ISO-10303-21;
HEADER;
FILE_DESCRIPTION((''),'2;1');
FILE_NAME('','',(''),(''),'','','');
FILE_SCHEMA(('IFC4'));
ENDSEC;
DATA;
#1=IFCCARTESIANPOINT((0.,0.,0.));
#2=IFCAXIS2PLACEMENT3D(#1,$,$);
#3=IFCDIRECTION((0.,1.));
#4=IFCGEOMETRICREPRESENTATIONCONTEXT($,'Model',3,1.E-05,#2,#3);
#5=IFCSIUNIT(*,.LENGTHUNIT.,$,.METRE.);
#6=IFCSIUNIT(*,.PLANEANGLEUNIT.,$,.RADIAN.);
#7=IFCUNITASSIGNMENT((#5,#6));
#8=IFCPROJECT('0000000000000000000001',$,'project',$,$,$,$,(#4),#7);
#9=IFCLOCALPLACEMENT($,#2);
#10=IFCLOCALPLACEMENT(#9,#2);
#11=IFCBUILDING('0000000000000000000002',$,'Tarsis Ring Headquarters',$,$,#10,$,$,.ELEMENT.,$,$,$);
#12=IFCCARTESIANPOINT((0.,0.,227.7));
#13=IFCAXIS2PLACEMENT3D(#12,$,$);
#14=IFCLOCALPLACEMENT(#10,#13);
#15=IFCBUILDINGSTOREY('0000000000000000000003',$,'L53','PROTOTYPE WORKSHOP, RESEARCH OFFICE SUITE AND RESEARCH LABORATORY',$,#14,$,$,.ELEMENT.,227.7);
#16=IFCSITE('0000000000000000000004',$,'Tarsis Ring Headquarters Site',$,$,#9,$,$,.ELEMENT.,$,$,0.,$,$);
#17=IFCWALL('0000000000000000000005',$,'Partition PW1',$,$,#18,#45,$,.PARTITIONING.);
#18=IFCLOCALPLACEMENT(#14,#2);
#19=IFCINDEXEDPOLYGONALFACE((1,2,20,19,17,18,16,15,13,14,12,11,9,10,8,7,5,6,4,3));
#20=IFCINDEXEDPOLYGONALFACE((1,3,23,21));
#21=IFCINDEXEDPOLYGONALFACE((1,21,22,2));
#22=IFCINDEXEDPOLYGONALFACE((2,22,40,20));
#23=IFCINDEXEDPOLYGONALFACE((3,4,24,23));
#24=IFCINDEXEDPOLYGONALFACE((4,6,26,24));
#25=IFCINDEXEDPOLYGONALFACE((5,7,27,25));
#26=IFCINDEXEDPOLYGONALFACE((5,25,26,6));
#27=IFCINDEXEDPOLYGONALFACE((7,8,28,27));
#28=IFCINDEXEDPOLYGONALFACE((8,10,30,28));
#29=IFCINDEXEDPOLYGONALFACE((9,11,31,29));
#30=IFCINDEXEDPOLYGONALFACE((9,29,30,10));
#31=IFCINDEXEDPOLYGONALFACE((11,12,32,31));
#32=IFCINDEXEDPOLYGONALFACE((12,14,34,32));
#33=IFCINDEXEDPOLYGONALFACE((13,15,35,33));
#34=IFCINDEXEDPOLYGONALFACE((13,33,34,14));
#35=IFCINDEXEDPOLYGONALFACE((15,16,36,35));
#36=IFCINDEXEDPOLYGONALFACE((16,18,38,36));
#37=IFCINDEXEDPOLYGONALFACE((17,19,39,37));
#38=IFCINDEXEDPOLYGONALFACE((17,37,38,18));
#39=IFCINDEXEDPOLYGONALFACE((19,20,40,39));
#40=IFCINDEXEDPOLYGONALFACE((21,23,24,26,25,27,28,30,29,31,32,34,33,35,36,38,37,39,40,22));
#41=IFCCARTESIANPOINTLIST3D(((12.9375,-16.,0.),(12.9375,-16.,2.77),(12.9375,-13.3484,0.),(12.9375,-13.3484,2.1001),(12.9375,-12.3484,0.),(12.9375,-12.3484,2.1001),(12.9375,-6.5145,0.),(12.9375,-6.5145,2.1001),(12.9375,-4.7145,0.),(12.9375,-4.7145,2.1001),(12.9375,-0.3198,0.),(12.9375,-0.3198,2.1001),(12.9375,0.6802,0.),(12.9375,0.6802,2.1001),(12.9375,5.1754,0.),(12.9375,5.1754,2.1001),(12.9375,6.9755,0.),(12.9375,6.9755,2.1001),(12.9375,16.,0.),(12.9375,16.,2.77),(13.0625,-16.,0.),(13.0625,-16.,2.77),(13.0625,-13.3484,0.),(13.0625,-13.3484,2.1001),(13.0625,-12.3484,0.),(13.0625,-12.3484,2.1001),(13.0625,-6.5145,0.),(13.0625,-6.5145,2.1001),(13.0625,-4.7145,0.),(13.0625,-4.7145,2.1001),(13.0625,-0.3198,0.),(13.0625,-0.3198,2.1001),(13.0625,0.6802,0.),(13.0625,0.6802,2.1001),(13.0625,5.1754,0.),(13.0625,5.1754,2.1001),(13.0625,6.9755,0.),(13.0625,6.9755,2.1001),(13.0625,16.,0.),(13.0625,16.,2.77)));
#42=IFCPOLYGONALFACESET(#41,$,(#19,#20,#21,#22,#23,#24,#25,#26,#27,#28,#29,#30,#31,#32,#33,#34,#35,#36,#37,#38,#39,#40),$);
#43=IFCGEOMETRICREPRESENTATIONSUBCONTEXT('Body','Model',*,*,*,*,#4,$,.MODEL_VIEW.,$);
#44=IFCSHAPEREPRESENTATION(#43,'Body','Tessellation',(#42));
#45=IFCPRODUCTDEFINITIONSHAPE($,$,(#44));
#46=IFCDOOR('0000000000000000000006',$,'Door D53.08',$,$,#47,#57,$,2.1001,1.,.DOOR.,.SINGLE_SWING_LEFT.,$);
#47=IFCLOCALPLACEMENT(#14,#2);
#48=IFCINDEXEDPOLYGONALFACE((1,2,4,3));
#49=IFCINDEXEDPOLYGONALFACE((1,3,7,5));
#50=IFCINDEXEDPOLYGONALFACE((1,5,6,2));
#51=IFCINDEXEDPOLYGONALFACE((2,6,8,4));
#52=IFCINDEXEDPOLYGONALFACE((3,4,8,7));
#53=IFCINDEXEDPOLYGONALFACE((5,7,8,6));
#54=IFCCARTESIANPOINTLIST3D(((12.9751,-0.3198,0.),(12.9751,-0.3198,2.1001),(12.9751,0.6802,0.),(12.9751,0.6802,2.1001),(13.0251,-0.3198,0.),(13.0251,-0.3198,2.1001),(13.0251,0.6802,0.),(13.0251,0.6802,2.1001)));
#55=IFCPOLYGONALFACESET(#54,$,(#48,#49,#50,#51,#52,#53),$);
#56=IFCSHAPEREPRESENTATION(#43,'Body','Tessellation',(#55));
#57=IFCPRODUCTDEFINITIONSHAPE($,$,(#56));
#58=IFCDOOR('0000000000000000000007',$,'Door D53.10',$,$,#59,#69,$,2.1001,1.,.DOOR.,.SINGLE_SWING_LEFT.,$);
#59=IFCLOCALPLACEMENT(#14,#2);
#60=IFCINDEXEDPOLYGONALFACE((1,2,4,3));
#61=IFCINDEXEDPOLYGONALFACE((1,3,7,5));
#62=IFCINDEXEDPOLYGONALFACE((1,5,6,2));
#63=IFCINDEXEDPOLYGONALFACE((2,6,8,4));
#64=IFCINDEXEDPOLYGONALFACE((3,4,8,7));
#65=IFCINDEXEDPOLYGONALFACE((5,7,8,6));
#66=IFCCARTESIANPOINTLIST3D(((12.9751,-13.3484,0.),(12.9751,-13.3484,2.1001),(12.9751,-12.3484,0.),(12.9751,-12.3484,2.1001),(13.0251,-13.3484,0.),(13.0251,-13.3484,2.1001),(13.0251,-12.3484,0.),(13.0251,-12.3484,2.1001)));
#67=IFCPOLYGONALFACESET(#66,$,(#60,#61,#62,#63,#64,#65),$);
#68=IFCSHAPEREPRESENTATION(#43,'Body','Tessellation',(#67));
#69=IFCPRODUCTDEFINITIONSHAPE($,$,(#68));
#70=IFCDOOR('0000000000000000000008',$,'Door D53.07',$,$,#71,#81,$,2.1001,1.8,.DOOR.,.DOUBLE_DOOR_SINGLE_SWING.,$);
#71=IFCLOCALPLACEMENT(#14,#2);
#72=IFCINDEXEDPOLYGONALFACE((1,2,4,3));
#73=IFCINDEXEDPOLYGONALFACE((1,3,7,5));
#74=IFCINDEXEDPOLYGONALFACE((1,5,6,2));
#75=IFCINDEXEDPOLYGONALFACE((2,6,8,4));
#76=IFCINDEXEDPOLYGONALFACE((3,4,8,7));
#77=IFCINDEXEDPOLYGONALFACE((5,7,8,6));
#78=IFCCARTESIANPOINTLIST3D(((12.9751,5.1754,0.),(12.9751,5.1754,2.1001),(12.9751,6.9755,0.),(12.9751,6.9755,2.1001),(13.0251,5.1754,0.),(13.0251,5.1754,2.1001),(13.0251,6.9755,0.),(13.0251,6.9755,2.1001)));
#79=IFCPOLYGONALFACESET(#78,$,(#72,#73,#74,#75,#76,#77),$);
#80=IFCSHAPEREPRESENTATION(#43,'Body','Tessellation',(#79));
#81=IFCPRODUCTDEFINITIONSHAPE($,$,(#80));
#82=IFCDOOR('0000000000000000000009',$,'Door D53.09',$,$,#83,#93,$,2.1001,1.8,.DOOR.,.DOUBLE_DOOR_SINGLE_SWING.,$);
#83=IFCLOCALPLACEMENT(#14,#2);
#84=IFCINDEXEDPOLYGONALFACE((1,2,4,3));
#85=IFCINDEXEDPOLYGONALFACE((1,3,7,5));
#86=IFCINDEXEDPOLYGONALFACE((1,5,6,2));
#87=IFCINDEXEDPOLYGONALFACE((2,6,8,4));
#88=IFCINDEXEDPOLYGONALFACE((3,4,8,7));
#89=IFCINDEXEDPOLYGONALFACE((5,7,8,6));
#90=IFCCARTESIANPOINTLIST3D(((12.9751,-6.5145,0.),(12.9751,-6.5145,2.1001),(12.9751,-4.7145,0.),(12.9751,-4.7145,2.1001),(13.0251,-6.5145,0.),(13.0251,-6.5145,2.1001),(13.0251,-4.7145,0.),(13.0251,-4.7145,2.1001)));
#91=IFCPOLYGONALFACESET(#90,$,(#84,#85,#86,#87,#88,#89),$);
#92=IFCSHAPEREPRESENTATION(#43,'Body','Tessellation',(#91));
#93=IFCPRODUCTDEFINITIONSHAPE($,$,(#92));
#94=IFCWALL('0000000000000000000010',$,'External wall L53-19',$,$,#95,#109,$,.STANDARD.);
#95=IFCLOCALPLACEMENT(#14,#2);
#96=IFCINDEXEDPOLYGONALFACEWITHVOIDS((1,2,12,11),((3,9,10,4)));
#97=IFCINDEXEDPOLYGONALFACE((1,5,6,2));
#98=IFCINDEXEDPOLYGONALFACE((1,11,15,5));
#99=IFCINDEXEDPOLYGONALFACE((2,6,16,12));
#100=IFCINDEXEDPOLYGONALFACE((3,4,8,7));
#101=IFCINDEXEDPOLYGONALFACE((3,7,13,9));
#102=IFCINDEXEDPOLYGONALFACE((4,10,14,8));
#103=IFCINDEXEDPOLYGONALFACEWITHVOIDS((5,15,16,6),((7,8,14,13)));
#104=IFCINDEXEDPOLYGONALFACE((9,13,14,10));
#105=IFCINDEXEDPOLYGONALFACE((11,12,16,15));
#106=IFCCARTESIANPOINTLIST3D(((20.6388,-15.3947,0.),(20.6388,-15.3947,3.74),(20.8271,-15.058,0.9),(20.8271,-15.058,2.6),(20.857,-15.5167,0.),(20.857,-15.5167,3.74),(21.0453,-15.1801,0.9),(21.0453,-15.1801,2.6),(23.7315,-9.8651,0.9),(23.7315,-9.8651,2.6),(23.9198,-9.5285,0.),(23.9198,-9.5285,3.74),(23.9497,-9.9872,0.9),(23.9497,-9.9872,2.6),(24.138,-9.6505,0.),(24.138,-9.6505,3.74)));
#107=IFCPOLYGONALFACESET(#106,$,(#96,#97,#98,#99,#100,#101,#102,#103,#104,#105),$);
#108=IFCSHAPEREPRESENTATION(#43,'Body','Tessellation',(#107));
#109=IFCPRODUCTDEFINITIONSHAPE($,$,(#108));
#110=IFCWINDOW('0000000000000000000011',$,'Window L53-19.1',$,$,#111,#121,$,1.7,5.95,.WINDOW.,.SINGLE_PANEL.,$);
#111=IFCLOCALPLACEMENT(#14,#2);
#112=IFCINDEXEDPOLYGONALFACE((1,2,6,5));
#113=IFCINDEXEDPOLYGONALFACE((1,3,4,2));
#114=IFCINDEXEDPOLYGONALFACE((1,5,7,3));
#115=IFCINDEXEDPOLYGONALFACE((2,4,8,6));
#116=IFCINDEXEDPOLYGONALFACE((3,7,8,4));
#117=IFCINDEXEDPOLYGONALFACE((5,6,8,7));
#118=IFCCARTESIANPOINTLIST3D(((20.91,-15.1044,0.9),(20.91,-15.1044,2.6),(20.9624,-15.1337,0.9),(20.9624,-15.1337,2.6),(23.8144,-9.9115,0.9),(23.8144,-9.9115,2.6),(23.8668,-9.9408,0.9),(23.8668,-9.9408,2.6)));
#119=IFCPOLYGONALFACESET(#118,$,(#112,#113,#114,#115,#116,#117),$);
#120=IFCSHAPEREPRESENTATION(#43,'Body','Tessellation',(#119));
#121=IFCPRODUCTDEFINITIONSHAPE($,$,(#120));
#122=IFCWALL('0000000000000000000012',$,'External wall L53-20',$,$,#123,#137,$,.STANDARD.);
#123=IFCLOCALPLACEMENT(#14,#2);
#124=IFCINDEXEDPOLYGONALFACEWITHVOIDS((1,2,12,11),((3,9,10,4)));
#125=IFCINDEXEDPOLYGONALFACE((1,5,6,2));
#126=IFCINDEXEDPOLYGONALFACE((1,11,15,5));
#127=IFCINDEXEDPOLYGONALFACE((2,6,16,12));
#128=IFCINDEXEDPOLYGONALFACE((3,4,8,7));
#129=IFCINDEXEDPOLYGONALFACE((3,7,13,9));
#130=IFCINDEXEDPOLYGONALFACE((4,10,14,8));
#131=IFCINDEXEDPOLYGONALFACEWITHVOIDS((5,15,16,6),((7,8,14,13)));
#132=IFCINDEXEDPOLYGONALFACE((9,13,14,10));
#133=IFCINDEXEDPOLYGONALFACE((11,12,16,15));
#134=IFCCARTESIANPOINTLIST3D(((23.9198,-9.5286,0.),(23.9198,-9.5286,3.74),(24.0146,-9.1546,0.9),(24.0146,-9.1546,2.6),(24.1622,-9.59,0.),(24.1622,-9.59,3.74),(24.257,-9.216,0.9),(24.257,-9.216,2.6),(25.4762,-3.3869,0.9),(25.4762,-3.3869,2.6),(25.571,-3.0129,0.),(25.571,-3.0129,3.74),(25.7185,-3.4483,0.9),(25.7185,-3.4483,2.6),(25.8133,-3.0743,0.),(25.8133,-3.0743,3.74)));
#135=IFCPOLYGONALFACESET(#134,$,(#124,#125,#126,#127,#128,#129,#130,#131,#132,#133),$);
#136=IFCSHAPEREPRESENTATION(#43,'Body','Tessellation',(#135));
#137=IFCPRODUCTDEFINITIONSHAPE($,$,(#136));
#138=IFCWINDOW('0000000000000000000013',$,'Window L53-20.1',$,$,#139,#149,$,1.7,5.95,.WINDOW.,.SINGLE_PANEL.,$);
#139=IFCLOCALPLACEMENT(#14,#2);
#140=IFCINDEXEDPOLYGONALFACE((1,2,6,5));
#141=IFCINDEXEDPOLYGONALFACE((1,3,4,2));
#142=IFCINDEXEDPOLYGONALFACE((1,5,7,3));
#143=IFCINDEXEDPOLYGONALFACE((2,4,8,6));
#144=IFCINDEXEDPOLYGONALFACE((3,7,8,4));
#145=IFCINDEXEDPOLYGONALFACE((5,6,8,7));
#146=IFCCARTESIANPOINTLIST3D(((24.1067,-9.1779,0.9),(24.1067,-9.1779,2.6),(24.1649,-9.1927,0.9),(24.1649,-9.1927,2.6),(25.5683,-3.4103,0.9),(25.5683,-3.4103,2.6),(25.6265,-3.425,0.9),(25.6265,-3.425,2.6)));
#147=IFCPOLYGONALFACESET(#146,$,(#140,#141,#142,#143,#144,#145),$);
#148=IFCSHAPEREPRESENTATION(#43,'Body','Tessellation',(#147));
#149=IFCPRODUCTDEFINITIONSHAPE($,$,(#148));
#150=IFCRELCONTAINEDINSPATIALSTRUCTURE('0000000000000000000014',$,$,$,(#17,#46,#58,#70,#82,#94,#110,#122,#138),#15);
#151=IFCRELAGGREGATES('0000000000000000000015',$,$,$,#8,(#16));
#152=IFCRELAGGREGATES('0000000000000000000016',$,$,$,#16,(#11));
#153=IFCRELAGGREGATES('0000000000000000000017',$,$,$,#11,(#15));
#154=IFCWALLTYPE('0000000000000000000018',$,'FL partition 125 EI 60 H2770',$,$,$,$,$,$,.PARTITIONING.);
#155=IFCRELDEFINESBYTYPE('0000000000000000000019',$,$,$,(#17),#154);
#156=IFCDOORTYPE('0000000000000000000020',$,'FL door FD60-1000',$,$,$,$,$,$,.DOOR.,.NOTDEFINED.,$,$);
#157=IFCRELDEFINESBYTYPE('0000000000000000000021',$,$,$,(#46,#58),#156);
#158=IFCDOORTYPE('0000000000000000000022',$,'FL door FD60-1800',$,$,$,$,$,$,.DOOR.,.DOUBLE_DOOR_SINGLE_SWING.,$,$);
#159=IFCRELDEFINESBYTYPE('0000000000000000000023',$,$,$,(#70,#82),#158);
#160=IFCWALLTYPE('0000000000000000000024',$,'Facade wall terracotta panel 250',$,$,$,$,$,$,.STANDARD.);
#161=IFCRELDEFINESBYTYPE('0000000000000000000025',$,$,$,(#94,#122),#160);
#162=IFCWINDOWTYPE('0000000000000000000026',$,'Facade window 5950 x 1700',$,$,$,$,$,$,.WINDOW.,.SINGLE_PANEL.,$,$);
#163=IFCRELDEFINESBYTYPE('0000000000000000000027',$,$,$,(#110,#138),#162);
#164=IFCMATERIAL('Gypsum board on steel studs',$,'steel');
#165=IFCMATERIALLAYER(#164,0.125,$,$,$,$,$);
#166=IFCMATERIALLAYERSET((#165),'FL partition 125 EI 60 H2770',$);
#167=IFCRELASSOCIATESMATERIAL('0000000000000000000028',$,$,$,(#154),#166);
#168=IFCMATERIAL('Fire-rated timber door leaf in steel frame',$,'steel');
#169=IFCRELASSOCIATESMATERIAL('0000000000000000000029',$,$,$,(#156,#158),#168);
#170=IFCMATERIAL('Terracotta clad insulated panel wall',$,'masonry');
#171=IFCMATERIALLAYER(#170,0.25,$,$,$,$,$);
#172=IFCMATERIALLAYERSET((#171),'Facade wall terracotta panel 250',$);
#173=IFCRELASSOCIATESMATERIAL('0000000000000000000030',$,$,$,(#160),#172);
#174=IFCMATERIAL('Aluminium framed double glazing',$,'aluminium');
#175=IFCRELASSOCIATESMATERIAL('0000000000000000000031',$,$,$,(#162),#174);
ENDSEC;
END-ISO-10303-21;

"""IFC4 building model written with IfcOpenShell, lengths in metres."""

from ifc_helpers import new_model, si_unit, direction, frame, frame_2d, origin, place, context, subcontext, project, spatial, rectangle, extrude, material, layer, layer_set, type_object, element, fill, save


model = new_model("IFC4")

# Units and contexts
model_context = context("Model", 3, precision=1e-05, world=origin(), true_north=direction((0.0, 1.0)))
body_context = subcontext(model_context, "Body", "Model", "MODEL_VIEW")
ifc_project = project(units=[si_unit("LENGTHUNIT", "METRE"), si_unit("PLANEANGLEUNIT", "RADIAN")], contexts=[model_context])

# Site, building, storey
site_placement = place(None, origin())
site = spatial("IfcSite", under=ifc_project, at=site_placement, Name="Tarsis Ring Headquarters Site", CompositionType="ELEMENT", RefElevation=0.0)
building_placement = place(site_placement, origin())
building = spatial("IfcBuilding", under=site, at=building_placement, Name="Tarsis Ring Headquarters", CompositionType="ELEMENT")
storey_placement = place(building_placement, frame((0.0, 0.0, 227.7)))
storey = spatial("IfcBuildingStorey", under=building, at=storey_placement, Name="L53", Description="PROTOTYPE WORKSHOP, RESEARCH OFFICE SUITE AND RESEARCH LABORATORY", CompositionType="ELEMENT", Elevation=227.7)

# Shared definitions
ifc_material_1 = material(Name="Gypsum board on steel studs", Category="steel")

# Wall, openings, doors
ifc_layer_1 = layer(ifc_material_1, 0.125)
ifc_layer_set_1 = layer_set([ifc_layer_1], Name="FL partition 125 EI 60 H2770")
wall_type_1 = type_object("IfcWallType", Name="FL partition 125 EI 60 H2770", PredefinedType="PARTITIONING", material=ifc_layer_set_1)
wall_1_placement = place(storey_placement, frame((13.0, -16.0, 0.0), z_axis=(0.0, 0.0, 1.0), x_axis=(0.0, 1.0, 0.0)))
wall_1 = element("IfcWall", 1, at=wall_1_placement, inside=storey, type_object=wall_type_1, Name="Partition PW1", PredefinedType="PARTITIONING", context=body_context, shape_type="SweptSolid", body=[
    extrude(rectangle(XDim=32.0, YDim=0.125, at=frame_2d((16.0, 0.0))), origin(), (0.0, 0.0, 1.0), 2.77),
])
opening_1_placement = place(wall_1_placement, frame((21.1755, 0.0, 0.0)))
opening_1 = element("IfcOpeningElement", 2, at=opening_1_placement, cuts=wall_1, PredefinedType="OPENING", context=body_context, shape_type="SweptSolid", body=[
    extrude(rectangle(XDim=1.8, YDim=2.1001, at=frame_2d((0.8999, 1.05))), frame((0.0, 0.0725, 0.0), z_axis=(0.0, -1.0, 0.0), x_axis=(1.0, 0.0, 0.0)), (0.0, 0.0, 1.0), 0.145),
])
opening_2_placement = place(wall_1_placement, frame((15.6802, 0.0, 0.0)))
opening_2 = element("IfcOpeningElement", 3, at=opening_2_placement, cuts=wall_1, PredefinedType="OPENING", context=body_context, shape_type="SweptSolid", body=[
    extrude(rectangle(XDim=1.0, YDim=2.1001, at=frame_2d((0.5, 1.05))), frame((0.0, 0.0725, 0.0), z_axis=(0.0, -1.0, 0.0), x_axis=(1.0, 0.0, 0.0)), (0.0, 0.0, 1.0), 0.145),
])
opening_3_placement = place(wall_1_placement, frame((9.4856, 0.0, 0.0)))
opening_3 = element("IfcOpeningElement", 4, at=opening_3_placement, cuts=wall_1, PredefinedType="OPENING", context=body_context, shape_type="SweptSolid", body=[
    extrude(rectangle(XDim=1.8, YDim=2.1001, at=frame_2d((0.8999, 1.05))), frame((0.0, 0.0725, 0.0), z_axis=(0.0, -1.0, 0.0), x_axis=(1.0, 0.0, 0.0)), (0.0, 0.0, 1.0), 0.145),
])
opening_4_placement = place(wall_1_placement, frame((2.6516, 0.0, 0.0)))
opening_4 = element("IfcOpeningElement", 5, at=opening_4_placement, cuts=wall_1, PredefinedType="OPENING", context=body_context, shape_type="SweptSolid", body=[
    extrude(rectangle(XDim=1.0, YDim=2.1001, at=frame_2d((0.5, 1.05))), frame((0.0, 0.0725, 0.0), z_axis=(0.0, -1.0, 0.0), x_axis=(1.0, 0.0, 0.0)), (0.0, 0.0, 1.0), 0.145),
])
ifc_material_2 = material(Name="Fire-rated timber door leaf in steel frame", Category="steel")
door_type_1 = type_object("IfcDoorType", Name="FL door FD60-1000", OperationType="NOTDEFINED", PredefinedType="DOOR", material=ifc_material_2)
door_1_placement = place(opening_2_placement, origin())
door_1 = element("IfcDoor", 6, at=door_1_placement, inside=storey, type_object=door_type_1, Name="Door D53.08", OperationType="SINGLE_SWING_LEFT", OverallHeight=2.1001, OverallWidth=1.0, PredefinedType="DOOR", context=body_context, shape_type="SweptSolid", body=[
    extrude(rectangle(XDim=1.0, YDim=2.1001, at=frame_2d((0.5, 1.05))), frame((0.0, 0.0249, 0.0), z_axis=(0.0, -1.0, 0.0), x_axis=(1.0, 0.0, 0.0)), (0.0, 0.0, 1.0), 0.05),
])
fill(opening_2, door_1)
door_2_placement = place(opening_4_placement, origin())
door_2 = element("IfcDoor", 7, at=door_2_placement, inside=storey, type_object=door_type_1, Name="Door D53.10", OperationType="SINGLE_SWING_LEFT", OverallHeight=2.1001, OverallWidth=1.0, PredefinedType="DOOR", context=body_context, shape_type="SweptSolid", body=[
    extrude(rectangle(XDim=1.0, YDim=2.1001, at=frame_2d((0.5, 1.05))), frame((0.0, 0.0249, 0.0), z_axis=(0.0, -1.0, 0.0), x_axis=(1.0, 0.0, 0.0)), (0.0, 0.0, 1.0), 0.05),
])
fill(opening_4, door_2)
door_type_2 = type_object("IfcDoorType", Name="FL door FD60-1800", OperationType="DOUBLE_DOOR_SINGLE_SWING", PredefinedType="DOOR", material=ifc_material_2)
door_3_placement = place(opening_1_placement, origin())
door_3 = element("IfcDoor", 8, at=door_3_placement, inside=storey, type_object=door_type_2, Name="Door D53.07", OperationType="DOUBLE_DOOR_SINGLE_SWING", OverallHeight=2.1001, OverallWidth=1.8, PredefinedType="DOOR", context=body_context, shape_type="SweptSolid", body=[
    extrude(rectangle(XDim=1.8, YDim=2.1001, at=frame_2d((0.8999, 1.05))), frame((0.0, 0.0249, 0.0), z_axis=(0.0, -1.0, 0.0), x_axis=(1.0, 0.0, 0.0)), (0.0, 0.0, 1.0), 0.05),
])
fill(opening_1, door_3)
door_4_placement = place(opening_3_placement, origin())
door_4 = element("IfcDoor", 9, at=door_4_placement, inside=storey, type_object=door_type_2, Name="Door D53.09", OperationType="DOUBLE_DOOR_SINGLE_SWING", OverallHeight=2.1001, OverallWidth=1.8, PredefinedType="DOOR", context=body_context, shape_type="SweptSolid", body=[
    extrude(rectangle(XDim=1.8, YDim=2.1001, at=frame_2d((0.8999, 1.05))), frame((0.0, 0.0249, 0.0), z_axis=(0.0, -1.0, 0.0), x_axis=(1.0, 0.0, 0.0)), (0.0, 0.0, 1.0), 0.05),
])
fill(opening_3, door_4)

# Walls, openings, windows
ifc_material_3 = material(Name="Terracotta clad insulated panel wall", Category="masonry")
ifc_layer_2 = layer(ifc_material_3, 0.25)
ifc_layer_set_2 = layer_set([ifc_layer_2], Name="Facade wall terracotta panel 250")
wall_type_2 = type_object("IfcWallType", Name="Facade wall terracotta panel 250", PredefinedType="STANDARD", material=ifc_layer_set_2)
wall_2_placement = place(storey_placement, frame((20.7478, -15.4558, 0.0), z_axis=(0.0, 0.0, 1.0), x_axis=(0.488142, 0.872764, 0.0)))
wall_2 = element("IfcWall", 10, at=wall_2_placement, inside=storey, type_object=wall_type_2, Name="External wall L53-19", PredefinedType="STANDARD", context=body_context, shape_type="SweptSolid", body=[
    extrude(rectangle(XDim=6.7214, YDim=0.25, at=frame_2d((3.3608, 0.0))), origin(), (0.0, 0.0, 1.0), 3.74),
])
opening_5_placement = place(wall_2_placement, frame((0.3857, 0.0, 0.8999)))
opening_5 = element("IfcOpeningElement", 11, at=opening_5_placement, cuts=wall_2, PredefinedType="OPENING", context=body_context, shape_type="SweptSolid", body=[
    extrude(rectangle(XDim=5.95, YDim=1.7, at=frame_2d((2.9751, 0.8501))), frame((0.0, 0.135, 0.0), z_axis=(0.0, -1.0, 0.0), x_axis=(1.0, 0.0, 0.0)), (0.0, 0.0, 1.0), 0.27),
])
ifc_material_4 = material(Name="Aluminium framed double glazing", Category="aluminium")
window_type = type_object("IfcWindowType", Name="Facade window 5950 x 1700", PartitioningType="SINGLE_PANEL", PredefinedType="WINDOW", material=ifc_material_4)
window_1_placement = place(opening_5_placement, origin())
window_1 = element("IfcWindow", 12, at=window_1_placement, inside=storey, type_object=window_type, Name="Window L53-19.1", OverallHeight=1.7, OverallWidth=5.95, PartitioningType="SINGLE_PANEL", PredefinedType="WINDOW", context=body_context, shape_type="SweptSolid", body=[
    extrude(rectangle(XDim=5.95, YDim=1.7, at=frame_2d((2.9751, 0.8501))), frame((0.0, 0.03, 0.0), z_axis=(0.0, -1.0, 0.0), x_axis=(1.0, 0.0, 0.0)), (0.0, 0.0, 1.0), 0.0601),
])
fill(opening_5, window_1)
wall_3_placement = place(storey_placement, frame((24.041, -9.5593, 0.0), z_axis=(0.0, 0.0, 1.0), x_axis=(0.245645, 0.96936, 0.0)))
wall_3 = element("IfcWall", 13, at=wall_3_placement, inside=storey, type_object=wall_type_2, Name="External wall L53-20", PredefinedType="STANDARD", context=body_context, shape_type="SweptSolid", body=[
    extrude(rectangle(XDim=6.7217, YDim=0.25, at=frame_2d((3.3608, 0.0))), origin(), (0.0, 0.0, 1.0), 3.74),
])
opening_6_placement = place(wall_3_placement, frame((0.3857, 0.0, 0.8999)))
opening_6 = element("IfcOpeningElement", 14, at=opening_6_placement, cuts=wall_3, PredefinedType="OPENING", context=body_context, shape_type="SweptSolid", body=[
    extrude(rectangle(XDim=5.95, YDim=1.7, at=frame_2d((2.9751, 0.8501))), frame((0.0, 0.135, 0.0), z_axis=(0.0, -1.0, 0.0), x_axis=(1.0, 0.0, 0.0)), (0.0, 0.0, 1.0), 0.27),
])
window_2_placement = place(opening_6_placement, origin())
window_2 = element("IfcWindow", 15, at=window_2_placement, inside=storey, type_object=window_type, Name="Window L53-20.1", OverallHeight=1.7, OverallWidth=5.95, PartitioningType="SINGLE_PANEL", PredefinedType="WINDOW", context=body_context, shape_type="SweptSolid", body=[
    extrude(rectangle(XDim=5.95, YDim=1.7, at=frame_2d((2.9751, 0.8501))), frame((0.0, 0.03, 0.0), z_axis=(0.0, -1.0, 0.0), x_axis=(1.0, 0.0, 0.0)), (0.0, 0.0, 1.0), 0.0601),
])
fill(opening_6, window_2)

save(model, "model.ifc")
